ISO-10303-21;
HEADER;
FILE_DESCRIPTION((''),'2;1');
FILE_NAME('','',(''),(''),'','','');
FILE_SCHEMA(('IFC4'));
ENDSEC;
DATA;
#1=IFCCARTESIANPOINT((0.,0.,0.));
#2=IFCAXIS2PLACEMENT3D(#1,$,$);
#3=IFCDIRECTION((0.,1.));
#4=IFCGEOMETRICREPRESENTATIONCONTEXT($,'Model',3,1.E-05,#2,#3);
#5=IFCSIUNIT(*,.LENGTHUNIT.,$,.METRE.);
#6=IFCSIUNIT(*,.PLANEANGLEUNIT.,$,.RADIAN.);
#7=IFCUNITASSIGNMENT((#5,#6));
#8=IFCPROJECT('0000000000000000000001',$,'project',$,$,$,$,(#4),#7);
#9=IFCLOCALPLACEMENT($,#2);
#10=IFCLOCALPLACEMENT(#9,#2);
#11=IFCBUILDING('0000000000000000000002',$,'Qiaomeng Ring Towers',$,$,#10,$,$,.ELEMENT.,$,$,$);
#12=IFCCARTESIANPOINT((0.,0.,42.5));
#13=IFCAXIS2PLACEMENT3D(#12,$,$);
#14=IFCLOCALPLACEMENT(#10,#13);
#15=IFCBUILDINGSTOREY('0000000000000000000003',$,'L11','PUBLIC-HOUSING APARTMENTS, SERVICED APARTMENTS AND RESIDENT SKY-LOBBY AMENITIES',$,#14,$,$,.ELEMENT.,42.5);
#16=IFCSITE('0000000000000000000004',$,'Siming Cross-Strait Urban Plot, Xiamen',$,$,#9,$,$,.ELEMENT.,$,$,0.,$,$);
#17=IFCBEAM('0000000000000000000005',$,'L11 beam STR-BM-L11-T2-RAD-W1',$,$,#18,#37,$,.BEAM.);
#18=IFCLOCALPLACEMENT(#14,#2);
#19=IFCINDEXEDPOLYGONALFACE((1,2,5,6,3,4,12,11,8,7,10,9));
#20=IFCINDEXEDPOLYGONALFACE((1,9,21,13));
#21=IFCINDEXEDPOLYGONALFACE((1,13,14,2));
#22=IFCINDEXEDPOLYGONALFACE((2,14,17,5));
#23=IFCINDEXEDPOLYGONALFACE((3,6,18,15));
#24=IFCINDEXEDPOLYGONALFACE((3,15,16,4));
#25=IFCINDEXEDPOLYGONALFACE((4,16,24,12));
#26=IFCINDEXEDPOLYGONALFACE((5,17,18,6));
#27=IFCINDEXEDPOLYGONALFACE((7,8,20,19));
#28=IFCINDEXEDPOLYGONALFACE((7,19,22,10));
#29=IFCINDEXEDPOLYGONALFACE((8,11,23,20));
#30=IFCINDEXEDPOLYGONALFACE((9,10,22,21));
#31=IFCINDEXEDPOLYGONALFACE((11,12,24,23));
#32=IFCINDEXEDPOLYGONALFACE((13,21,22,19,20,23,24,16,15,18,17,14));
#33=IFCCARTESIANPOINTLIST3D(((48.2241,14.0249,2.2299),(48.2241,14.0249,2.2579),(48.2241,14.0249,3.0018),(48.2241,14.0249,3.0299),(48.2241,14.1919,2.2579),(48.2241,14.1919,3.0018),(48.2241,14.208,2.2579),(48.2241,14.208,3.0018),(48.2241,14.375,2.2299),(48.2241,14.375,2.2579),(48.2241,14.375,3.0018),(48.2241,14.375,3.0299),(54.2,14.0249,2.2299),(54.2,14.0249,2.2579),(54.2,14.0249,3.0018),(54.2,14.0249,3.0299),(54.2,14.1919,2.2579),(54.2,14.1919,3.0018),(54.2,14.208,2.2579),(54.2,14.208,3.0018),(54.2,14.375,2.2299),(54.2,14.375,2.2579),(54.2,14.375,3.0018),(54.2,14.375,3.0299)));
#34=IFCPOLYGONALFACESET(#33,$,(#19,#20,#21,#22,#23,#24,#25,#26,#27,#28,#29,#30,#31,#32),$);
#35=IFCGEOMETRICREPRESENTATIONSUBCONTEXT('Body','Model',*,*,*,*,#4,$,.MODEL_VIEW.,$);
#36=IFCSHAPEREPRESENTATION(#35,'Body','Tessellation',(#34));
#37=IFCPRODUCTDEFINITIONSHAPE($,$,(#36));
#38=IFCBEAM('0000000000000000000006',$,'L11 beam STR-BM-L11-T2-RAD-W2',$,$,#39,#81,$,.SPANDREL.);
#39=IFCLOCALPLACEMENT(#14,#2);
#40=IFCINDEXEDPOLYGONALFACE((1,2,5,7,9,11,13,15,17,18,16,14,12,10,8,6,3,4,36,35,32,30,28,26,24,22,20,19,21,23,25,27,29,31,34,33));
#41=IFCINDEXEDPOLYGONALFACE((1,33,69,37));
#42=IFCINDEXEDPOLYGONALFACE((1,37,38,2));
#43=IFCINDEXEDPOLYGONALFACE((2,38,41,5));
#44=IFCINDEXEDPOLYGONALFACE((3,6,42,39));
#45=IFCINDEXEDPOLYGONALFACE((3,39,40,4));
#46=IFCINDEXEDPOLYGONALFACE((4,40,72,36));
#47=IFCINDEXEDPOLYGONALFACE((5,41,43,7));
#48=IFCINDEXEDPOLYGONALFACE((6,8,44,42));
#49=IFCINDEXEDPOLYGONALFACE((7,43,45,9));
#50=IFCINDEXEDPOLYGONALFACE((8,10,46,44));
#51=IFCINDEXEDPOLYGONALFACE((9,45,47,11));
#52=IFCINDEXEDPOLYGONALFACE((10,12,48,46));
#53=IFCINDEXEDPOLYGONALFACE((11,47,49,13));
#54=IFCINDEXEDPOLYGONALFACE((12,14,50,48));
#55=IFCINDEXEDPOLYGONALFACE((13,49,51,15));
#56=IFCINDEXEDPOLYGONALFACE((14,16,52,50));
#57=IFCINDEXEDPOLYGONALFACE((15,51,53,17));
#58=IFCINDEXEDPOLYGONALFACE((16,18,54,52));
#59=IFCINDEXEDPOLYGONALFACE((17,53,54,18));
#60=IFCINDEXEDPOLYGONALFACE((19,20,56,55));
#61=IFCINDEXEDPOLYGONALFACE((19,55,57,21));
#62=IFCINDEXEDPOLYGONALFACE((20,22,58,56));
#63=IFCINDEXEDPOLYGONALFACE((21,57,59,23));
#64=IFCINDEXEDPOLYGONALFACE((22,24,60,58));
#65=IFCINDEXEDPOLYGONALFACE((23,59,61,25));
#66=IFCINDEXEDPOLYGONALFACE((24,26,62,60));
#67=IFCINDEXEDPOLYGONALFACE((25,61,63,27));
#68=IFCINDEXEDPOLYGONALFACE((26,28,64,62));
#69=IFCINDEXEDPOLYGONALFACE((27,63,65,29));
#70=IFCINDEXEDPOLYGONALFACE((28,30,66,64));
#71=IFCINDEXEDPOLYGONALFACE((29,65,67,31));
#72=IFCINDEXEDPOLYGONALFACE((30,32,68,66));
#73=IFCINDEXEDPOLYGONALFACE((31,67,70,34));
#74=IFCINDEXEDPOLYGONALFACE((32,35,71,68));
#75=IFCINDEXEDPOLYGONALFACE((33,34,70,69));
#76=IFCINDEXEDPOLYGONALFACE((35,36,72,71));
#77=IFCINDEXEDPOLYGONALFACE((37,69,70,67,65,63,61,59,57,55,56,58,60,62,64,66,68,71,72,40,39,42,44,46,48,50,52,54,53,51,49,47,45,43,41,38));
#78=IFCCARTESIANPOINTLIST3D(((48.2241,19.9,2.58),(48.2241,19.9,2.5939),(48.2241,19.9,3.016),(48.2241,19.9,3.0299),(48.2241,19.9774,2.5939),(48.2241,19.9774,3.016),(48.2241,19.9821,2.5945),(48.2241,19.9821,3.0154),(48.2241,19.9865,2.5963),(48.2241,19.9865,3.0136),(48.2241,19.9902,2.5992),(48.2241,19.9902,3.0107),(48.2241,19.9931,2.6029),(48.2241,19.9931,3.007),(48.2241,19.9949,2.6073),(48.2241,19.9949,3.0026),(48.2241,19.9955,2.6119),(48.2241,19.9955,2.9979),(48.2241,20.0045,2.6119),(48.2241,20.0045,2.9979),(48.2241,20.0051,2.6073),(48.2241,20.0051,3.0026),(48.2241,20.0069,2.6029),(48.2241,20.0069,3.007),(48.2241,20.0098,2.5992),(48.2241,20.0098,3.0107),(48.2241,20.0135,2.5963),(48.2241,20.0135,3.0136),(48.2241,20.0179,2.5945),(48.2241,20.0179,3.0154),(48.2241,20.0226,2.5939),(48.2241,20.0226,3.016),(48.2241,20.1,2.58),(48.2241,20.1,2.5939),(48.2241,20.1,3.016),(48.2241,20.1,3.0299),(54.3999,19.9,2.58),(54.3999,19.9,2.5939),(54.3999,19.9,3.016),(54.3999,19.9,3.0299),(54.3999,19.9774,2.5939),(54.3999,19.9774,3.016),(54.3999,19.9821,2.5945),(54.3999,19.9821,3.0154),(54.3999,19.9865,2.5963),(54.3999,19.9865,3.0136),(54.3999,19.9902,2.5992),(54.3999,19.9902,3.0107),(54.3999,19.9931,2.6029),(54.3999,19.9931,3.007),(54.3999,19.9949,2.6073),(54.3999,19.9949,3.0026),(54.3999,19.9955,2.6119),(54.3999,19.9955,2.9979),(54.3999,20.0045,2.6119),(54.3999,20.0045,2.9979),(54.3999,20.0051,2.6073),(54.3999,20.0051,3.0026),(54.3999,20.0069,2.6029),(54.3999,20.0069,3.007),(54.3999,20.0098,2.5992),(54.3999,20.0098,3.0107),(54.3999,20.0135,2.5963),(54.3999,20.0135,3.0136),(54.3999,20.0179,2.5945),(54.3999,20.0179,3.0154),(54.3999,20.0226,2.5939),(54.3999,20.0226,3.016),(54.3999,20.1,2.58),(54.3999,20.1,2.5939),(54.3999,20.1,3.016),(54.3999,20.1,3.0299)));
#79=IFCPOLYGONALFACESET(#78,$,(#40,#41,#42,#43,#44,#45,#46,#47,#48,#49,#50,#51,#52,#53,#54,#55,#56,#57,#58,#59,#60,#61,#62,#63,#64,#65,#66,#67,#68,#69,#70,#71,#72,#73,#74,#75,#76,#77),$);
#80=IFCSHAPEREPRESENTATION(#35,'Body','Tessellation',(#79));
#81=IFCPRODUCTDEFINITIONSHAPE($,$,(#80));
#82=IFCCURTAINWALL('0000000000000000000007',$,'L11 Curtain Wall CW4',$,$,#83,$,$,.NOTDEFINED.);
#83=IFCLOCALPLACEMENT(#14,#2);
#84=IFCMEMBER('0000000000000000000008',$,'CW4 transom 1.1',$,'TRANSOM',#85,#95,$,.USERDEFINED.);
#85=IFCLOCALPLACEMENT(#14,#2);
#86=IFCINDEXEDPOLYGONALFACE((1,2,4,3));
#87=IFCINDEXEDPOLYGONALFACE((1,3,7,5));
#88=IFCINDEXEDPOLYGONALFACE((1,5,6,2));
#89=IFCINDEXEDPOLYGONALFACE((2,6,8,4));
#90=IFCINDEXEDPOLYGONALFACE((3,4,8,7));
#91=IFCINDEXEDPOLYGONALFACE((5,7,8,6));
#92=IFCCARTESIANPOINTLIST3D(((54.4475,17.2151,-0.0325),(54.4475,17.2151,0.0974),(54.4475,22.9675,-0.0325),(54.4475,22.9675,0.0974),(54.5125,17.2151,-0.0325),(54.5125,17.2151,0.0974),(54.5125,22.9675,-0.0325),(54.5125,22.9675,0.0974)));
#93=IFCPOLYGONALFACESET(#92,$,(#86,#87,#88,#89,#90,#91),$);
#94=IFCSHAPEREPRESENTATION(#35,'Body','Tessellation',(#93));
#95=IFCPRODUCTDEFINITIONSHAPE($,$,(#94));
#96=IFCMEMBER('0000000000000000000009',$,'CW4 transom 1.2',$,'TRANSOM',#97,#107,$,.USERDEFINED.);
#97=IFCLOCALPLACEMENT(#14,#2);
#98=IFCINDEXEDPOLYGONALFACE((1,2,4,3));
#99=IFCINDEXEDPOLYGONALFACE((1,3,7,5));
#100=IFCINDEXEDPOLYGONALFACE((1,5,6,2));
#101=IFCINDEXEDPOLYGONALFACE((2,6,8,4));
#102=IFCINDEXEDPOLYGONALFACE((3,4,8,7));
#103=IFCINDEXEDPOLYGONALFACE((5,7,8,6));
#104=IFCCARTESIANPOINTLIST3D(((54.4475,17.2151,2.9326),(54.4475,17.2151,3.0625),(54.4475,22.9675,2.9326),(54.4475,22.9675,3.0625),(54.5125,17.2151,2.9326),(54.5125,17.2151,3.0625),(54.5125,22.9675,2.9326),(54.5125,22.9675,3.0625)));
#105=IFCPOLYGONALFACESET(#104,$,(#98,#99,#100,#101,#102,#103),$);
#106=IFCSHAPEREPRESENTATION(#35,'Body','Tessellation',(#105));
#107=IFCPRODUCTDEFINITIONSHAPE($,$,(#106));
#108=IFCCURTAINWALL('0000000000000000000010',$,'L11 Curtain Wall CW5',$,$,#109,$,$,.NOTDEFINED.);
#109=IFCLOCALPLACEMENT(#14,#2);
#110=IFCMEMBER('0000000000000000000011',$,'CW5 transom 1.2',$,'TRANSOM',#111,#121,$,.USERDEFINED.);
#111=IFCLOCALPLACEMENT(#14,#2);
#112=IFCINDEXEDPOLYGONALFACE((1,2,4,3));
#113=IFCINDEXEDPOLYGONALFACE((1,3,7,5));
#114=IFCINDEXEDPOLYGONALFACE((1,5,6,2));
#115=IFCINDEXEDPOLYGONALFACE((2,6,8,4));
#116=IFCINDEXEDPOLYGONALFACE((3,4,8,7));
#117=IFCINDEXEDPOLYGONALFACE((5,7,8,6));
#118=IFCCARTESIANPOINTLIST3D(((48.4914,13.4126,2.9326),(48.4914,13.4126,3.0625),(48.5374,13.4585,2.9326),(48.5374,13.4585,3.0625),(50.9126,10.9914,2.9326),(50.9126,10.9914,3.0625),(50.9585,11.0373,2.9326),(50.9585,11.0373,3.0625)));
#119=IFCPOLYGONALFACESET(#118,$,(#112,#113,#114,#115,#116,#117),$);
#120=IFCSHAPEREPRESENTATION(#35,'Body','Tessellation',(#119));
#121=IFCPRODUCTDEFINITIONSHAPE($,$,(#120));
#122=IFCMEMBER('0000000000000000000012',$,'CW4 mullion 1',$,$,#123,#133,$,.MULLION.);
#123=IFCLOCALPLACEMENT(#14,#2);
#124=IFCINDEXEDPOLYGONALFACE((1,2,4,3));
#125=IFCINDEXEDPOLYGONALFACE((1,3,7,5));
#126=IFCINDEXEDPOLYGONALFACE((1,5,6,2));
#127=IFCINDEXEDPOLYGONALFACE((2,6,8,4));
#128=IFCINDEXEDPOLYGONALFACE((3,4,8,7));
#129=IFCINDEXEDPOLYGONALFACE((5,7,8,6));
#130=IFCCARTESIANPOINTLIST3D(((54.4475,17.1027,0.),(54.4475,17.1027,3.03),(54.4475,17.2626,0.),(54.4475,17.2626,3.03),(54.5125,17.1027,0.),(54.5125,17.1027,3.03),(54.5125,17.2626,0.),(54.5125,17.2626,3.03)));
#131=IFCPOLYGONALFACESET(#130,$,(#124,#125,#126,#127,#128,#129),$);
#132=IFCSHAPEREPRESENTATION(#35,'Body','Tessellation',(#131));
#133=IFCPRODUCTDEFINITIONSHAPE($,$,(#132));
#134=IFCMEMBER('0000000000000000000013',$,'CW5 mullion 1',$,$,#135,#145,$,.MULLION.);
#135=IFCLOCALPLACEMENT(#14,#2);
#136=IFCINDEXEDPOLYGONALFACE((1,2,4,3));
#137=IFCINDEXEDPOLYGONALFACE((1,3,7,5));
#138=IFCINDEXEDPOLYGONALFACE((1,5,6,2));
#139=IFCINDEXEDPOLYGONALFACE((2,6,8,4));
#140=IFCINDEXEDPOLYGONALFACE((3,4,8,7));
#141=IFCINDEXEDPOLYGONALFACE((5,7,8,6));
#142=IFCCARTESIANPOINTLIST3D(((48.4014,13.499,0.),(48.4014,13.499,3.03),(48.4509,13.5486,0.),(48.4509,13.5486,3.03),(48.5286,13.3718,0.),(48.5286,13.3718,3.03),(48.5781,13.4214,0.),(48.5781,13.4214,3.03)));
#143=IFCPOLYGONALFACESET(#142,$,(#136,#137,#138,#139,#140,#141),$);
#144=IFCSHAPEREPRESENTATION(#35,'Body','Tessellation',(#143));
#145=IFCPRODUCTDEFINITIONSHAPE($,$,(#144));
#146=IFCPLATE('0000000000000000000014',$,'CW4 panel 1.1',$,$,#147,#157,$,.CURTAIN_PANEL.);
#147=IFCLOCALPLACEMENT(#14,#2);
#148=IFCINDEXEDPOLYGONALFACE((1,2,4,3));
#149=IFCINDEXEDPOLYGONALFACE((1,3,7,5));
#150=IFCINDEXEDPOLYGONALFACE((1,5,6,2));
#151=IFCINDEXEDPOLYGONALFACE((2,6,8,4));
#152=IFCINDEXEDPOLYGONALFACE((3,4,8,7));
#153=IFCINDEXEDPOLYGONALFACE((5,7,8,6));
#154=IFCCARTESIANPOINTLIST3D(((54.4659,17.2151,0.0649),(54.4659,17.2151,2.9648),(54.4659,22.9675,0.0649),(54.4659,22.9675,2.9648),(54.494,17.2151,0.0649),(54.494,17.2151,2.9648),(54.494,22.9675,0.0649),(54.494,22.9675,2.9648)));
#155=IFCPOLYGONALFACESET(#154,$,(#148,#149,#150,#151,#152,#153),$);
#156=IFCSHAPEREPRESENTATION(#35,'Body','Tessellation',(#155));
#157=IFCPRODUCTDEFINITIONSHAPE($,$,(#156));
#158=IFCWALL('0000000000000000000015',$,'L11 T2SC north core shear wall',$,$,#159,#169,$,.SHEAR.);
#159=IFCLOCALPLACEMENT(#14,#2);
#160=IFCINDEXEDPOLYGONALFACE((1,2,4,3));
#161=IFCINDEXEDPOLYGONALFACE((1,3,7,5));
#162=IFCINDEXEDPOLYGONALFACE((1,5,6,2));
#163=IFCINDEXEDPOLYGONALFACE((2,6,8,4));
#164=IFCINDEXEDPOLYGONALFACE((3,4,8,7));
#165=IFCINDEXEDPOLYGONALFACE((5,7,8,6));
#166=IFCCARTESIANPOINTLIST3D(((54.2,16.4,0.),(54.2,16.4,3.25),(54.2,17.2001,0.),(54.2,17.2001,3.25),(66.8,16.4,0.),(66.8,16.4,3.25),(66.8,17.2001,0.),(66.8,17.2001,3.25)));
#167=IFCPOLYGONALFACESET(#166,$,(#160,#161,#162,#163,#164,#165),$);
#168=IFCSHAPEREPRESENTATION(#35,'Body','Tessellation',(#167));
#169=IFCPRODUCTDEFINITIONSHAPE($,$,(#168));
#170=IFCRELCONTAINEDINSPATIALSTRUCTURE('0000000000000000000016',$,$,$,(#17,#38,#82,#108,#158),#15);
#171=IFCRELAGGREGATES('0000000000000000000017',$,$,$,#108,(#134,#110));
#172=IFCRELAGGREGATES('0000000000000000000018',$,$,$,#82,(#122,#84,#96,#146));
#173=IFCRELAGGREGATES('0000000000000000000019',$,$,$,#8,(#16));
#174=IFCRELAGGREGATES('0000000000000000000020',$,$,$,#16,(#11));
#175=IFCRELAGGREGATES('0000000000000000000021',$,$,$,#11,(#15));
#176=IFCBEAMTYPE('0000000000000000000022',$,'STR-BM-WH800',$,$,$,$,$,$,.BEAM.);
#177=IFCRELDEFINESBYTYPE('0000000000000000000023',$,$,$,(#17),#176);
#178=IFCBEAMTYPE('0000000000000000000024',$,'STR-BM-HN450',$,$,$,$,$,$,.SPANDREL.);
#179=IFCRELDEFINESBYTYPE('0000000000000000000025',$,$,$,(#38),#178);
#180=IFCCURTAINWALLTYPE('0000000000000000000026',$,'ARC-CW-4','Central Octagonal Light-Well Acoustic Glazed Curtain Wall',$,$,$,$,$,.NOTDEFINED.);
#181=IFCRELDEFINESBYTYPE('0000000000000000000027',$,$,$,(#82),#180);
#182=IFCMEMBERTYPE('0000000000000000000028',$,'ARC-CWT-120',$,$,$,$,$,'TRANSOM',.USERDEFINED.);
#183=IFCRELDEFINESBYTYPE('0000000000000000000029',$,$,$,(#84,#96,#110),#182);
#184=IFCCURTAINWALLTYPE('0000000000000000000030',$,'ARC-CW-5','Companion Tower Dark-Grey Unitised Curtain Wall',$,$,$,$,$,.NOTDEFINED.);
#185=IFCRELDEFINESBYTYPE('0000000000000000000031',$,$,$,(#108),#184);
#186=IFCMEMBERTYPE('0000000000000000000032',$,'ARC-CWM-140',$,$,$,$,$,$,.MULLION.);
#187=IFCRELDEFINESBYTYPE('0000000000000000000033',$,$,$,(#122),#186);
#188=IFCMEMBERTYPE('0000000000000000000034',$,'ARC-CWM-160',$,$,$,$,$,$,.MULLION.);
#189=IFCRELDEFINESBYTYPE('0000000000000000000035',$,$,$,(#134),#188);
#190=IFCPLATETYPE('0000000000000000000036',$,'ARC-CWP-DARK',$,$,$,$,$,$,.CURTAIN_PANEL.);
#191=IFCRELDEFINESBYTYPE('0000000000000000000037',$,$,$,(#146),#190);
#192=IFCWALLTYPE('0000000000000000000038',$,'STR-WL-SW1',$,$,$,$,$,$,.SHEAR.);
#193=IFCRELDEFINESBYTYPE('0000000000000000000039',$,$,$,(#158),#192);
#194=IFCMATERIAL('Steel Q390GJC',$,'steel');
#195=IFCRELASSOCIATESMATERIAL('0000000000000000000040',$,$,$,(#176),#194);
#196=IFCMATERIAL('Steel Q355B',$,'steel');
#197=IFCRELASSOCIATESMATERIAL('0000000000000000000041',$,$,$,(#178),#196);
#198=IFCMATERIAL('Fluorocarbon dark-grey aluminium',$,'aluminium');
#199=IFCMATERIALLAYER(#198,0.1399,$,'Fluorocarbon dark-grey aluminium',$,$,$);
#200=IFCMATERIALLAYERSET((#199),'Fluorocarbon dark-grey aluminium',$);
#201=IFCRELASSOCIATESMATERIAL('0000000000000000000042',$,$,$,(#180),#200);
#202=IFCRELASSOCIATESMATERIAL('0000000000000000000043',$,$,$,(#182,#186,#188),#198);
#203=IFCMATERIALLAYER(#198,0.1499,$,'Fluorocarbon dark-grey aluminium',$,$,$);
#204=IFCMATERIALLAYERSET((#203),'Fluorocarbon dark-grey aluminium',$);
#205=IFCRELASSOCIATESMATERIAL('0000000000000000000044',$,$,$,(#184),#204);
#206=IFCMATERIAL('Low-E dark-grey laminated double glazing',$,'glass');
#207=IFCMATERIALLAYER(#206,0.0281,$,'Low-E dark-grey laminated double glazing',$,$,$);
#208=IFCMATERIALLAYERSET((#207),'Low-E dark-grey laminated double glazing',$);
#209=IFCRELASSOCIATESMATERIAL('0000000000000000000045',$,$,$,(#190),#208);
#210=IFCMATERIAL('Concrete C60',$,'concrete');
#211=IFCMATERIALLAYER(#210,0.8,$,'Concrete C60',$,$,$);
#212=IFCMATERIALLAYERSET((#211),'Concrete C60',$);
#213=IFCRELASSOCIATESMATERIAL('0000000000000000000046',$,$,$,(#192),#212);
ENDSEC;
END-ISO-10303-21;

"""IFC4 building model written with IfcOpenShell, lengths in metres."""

from ifc_helpers import new_model, si_unit, direction, frame, frame_2d, origin, origin_2d, place, context, subcontext, project, spatial, rectangle, i_section, extrude, source, transform, mapped, material, layer, layer_set, material_profile, profile_set, type_object, element, aggregate, save


model = new_model("IFC4")

# Units and contexts
model_context = context("Model", 3, precision=1e-05, world=origin(), true_north=direction((0.0, 1.0)))
body_context = subcontext(model_context, "Body", "Model", "MODEL_VIEW")
ifc_project = project(units=[si_unit("LENGTHUNIT", "METRE"), si_unit("PLANEANGLEUNIT", "RADIAN")], contexts=[model_context])

# Site, building, storey
site_placement = place(None, origin())
site = spatial("IfcSite", under=ifc_project, at=site_placement, Name="Siming Cross-Strait Urban Plot, Xiamen", CompositionType="ELEMENT", RefElevation=0.0)
building_placement = place(site_placement, origin())
building = spatial("IfcBuilding", under=site, at=building_placement, Name="Qiaomeng Ring Towers", CompositionType="ELEMENT")
storey_placement = place(building_placement, frame((0.0, 0.0, 42.5)))
storey = spatial("IfcBuildingStorey", under=building, at=storey_placement, Name="L11", Description="PUBLIC-HOUSING APARTMENTS, SERVICED APARTMENTS AND RESIDENT SKY-LOBBY AMENITIES", CompositionType="ELEMENT", Elevation=42.5)

# Shared definitions
ifc_material_1 = material(Name="Concrete C60", Category="concrete")

# Beams
ifc_material_2 = material(Name="Steel Q355B", Category="steel")
ifc_material_3 = material(Name="Steel Q390GJC", Category="steel")
ifc_material_profile_1 = material_profile(ifc_material_3, i_section(OverallWidth=0.3501, OverallDepth=0.8, WebThickness=0.0161, FlangeThickness=0.0281, at=origin_2d()), Name="WH 800x350x16x28")
ifc_profile_set_1 = profile_set([ifc_material_profile_1], Name="Steel Q390GJC")
beam_type_1 = type_object("IfcBeamType", Name="STR-BM-WH800", PredefinedType="BEAM", material=ifc_profile_set_1)
shared_shape_1 = source(origin(), body_context, "Body", "SweptSolid", [
    extrude(i_section(OverallWidth=0.3501, OverallDepth=0.8, WebThickness=0.0161, FlangeThickness=0.0281, at=origin_2d()), origin(), (0.0, 0.0, 1.0), 5.9758),
])
beam_1_placement = place(storey_placement, frame((48.2241, 14.2, 2.6299), z_axis=(1.0, 0.0, 0.0), x_axis=(0.0, 1.0, 0.0)))
element("IfcBeam", 1, at=beam_1_placement, inside=storey, type_object=beam_type_1, Name="L11 beam STR-BM-L11-T2-RAD-W1", PredefinedType="BEAM", context=body_context, shape_type="MappedRepresentation", body=[
    mapped(shared_shape_1, transform((0.0, 0.0, 0.0), x_axis=(1.0, 0.0, 0.0), y_axis=(0.0, 1.0, 0.0), z_axis=(0.0, 0.0, 1.0), scale=1.0)),
])
ifc_material_profile_2 = material_profile(ifc_material_2, i_section(OverallWidth=0.2, OverallDepth=0.45, WebThickness=0.009, FlangeThickness=0.0139, FilletRadius=0.0181, at=origin_2d()), Name="HN 450x200x9x14")
ifc_profile_set_2 = profile_set([ifc_material_profile_2], Name="Steel Q355B")
beam_type_2 = type_object("IfcBeamType", Name="STR-BM-HN450", PredefinedType="SPANDREL", material=ifc_profile_set_2)
shared_shape_2 = source(origin(), body_context, "Body", "SweptSolid", [
    extrude(i_section(OverallWidth=0.2, OverallDepth=0.45, WebThickness=0.009, FlangeThickness=0.0139, FilletRadius=0.0181, at=origin_2d()), origin(), (0.0, 0.0, 1.0), 6.1758),
])
beam_2_placement = place(storey_placement, frame((48.2241, 20.0, 2.8049), z_axis=(1.0, 0.0, 0.0), x_axis=(0.0, 1.0, 0.0)))
element("IfcBeam", 2, at=beam_2_placement, inside=storey, type_object=beam_type_2, Name="L11 beam STR-BM-L11-T2-RAD-W2", PredefinedType="SPANDREL", context=body_context, shape_type="MappedRepresentation", body=[
    mapped(shared_shape_2, transform((0.0, 0.0, 0.0), x_axis=(1.0, 0.0, 0.0), y_axis=(0.0, 1.0, 0.0), z_axis=(0.0, 0.0, 1.0), scale=1.0)),
])

# Curtain wall, members
ifc_material_4 = material(Name="Fluorocarbon dark-grey aluminium", Category="aluminium")
ifc_layer_1 = layer(ifc_material_4, 0.1399, Name="Fluorocarbon dark-grey aluminium")
ifc_layer_set_1 = layer_set([ifc_layer_1], Name="Fluorocarbon dark-grey aluminium")
curtain_wall_type_1 = type_object("IfcCurtainWallType", Name="ARC-CW-4", Description="Central Octagonal Light-Well Acoustic Glazed Curtain Wall", PredefinedType="NOTDEFINED", material=ifc_layer_set_1)
curtain_wall_1_placement = place(storey_placement, origin())
curtain_wall_1 = element("IfcCurtainWall", 3, at=curtain_wall_1_placement, inside=storey, type_object=curtain_wall_type_1, Name="L11 Curtain Wall CW4", PredefinedType="NOTDEFINED")
ifc_material_profile_3 = material_profile(ifc_material_4, rectangle(XDim=0.0649, YDim=0.1299, at=origin_2d()), Name="ALU TRAN 65x130")
ifc_profile_set_3 = profile_set([ifc_material_profile_3], Name="Fluorocarbon dark-grey aluminium")
member_type_1 = type_object("IfcMemberType", Name="ARC-CWT-120", ElementType="TRANSOM", PredefinedType="USERDEFINED", material=ifc_profile_set_3)
shared_shape_3 = source(origin(), body_context, "Body", "SweptSolid", [
    extrude(rectangle(XDim=0.0649, YDim=0.1299, at=origin_2d()), origin(), (0.0, 0.0, 1.0), 5.7524),
])
member_1_placement = place(storey_placement, frame((54.48, 17.2151, 0.0325), z_axis=(0.0, 1.0, 0.0), x_axis=(-1.0, 0.0, 0.0)))
member_1 = element("IfcMember", 4, at=member_1_placement, type_object=member_type_1, Name="CW4 transom 1.1", ObjectType="TRANSOM", PredefinedType="USERDEFINED", context=body_context, shape_type="MappedRepresentation", body=[
    mapped(shared_shape_3, transform((0.0, 0.0, 0.0), x_axis=(1.0, 0.0, 0.0), y_axis=(0.0, 1.0, 0.0), z_axis=(0.0, 0.0, 1.0), scale=1.0)),
])
member_2_placement = place(storey_placement, frame((54.48, 17.2151, 2.9976), z_axis=(0.0, 1.0, 0.0), x_axis=(-1.0, 0.0, 0.0)))
member_2 = element("IfcMember", 5, at=member_2_placement, type_object=member_type_1, Name="CW4 transom 1.2", ObjectType="TRANSOM", PredefinedType="USERDEFINED", context=body_context, shape_type="MappedRepresentation", body=[
    mapped(shared_shape_3, transform((0.0, 0.0, 0.0), x_axis=(1.0, 0.0, 0.0), y_axis=(0.0, 1.0, 0.0), z_axis=(0.0, 0.0, 1.0), scale=1.0)),
])

# Curtain wall, member
ifc_layer_2 = layer(ifc_material_4, 0.1499, Name="Fluorocarbon dark-grey aluminium")
ifc_layer_set_2 = layer_set([ifc_layer_2], Name="Fluorocarbon dark-grey aluminium")
curtain_wall_type_2 = type_object("IfcCurtainWallType", Name="ARC-CW-5", Description="Companion Tower Dark-Grey Unitised Curtain Wall", PredefinedType="NOTDEFINED", material=ifc_layer_set_2)
curtain_wall_2_placement = place(storey_placement, origin())
curtain_wall_2 = element("IfcCurtainWall", 6, at=curtain_wall_2_placement, inside=storey, type_object=curtain_wall_type_2, Name="L11 Curtain Wall CW5", PredefinedType="NOTDEFINED")
shared_shape_4 = source(origin(), body_context, "Body", "SweptSolid", [
    extrude(rectangle(XDim=0.0649, YDim=0.1299, at=origin_2d()), origin(), (0.0, 0.0, 1.0), 3.4241),
])
member_3_placement = place(storey_placement, frame((48.5144, 13.4355, 2.9976), z_axis=(0.707107, -0.707107, 0.0), x_axis=(0.707107, 0.707107, 0.0)))
member_3 = element("IfcMember", 7, at=member_3_placement, type_object=member_type_1, Name="CW5 transom 1.2", ObjectType="TRANSOM", PredefinedType="USERDEFINED", context=body_context, shape_type="MappedRepresentation", body=[
    mapped(shared_shape_4, transform((0.0, 0.0, 0.0), x_axis=(1.0, 0.0, 0.0), y_axis=(0.0, 1.0, 0.0), z_axis=(0.0, 0.0, 1.0), scale=1.0)),
])

# Members
ifc_material_profile_4 = material_profile(ifc_material_4, rectangle(XDim=0.0649, YDim=0.1599, at=origin_2d()), Name="ALU MULL 65x160")
ifc_profile_set_4 = profile_set([ifc_material_profile_4], Name="Fluorocarbon dark-grey aluminium")
member_type_2 = type_object("IfcMemberType", Name="ARC-CWM-140", PredefinedType="MULLION", material=ifc_profile_set_4)
shared_shape_5 = source(origin(), body_context, "Body", "SweptSolid", [
    extrude(rectangle(XDim=0.0649, YDim=0.1599, at=origin_2d()), origin(), (0.0, 0.0, 1.0), 3.03),
])
member_4_placement = place(storey_placement, frame((54.48, 17.1826, 0.0), z_axis=(0.0, 0.0, 1.0), x_axis=(-1.0, 0.0, 0.0)))
member_4 = element("IfcMember", 8, at=member_4_placement, type_object=member_type_2, Name="CW4 mullion 1", PredefinedType="MULLION", context=body_context, shape_type="MappedRepresentation", body=[
    mapped(shared_shape_5, transform((0.0, 0.0, 0.0), x_axis=(1.0, 0.0, 0.0), y_axis=(0.0, 1.0, 0.0), z_axis=(0.0, 0.0, 1.0), scale=1.0)),
])
ifc_material_profile_5 = material_profile(ifc_material_4, rectangle(XDim=0.0701, YDim=0.1799, at=origin_2d()), Name="ALU MULL 70x180")
ifc_profile_set_5 = profile_set([ifc_material_profile_5], Name="Fluorocarbon dark-grey aluminium")
member_type_3 = type_object("IfcMemberType", Name="ARC-CWM-160", PredefinedType="MULLION", material=ifc_profile_set_5)
shared_shape_6 = source(origin(), body_context, "Body", "SweptSolid", [
    extrude(rectangle(XDim=0.0701, YDim=0.1799, at=origin_2d()), origin(), (0.0, 0.0, 1.0), 3.03),
])
member_5_placement = place(storey_placement, frame((48.4897, 13.4602, 0.0), z_axis=(0.0, 0.0, 1.0), x_axis=(0.707107, 0.707107, 0.0)))
member_5 = element("IfcMember", 9, at=member_5_placement, type_object=member_type_3, Name="CW5 mullion 1", PredefinedType="MULLION", context=body_context, shape_type="MappedRepresentation", body=[
    mapped(shared_shape_6, transform((0.0, 0.0, 0.0), x_axis=(1.0, 0.0, 0.0), y_axis=(0.0, 1.0, 0.0), z_axis=(0.0, 0.0, 1.0), scale=1.0)),
])
aggregate(curtain_wall_2, [member_5, member_3])

# Plate
ifc_material_5 = material(Name="Low-E dark-grey laminated double glazing", Category="glass")
ifc_layer_3 = layer(ifc_material_5, 0.0281, Name="Low-E dark-grey laminated double glazing")
ifc_layer_set_3 = layer_set([ifc_layer_3], Name="Low-E dark-grey laminated double glazing")
plate_type = type_object("IfcPlateType", Name="ARC-CWP-DARK", PredefinedType="CURTAIN_PANEL", material=ifc_layer_set_3)
shared_shape_7 = source(origin(), body_context, "Body", "SweptSolid", [
    extrude(rectangle(XDim=5.7524, YDim=0.0281, at=origin_2d()), origin(), (0.0, 0.0, 1.0), 2.8999),
])
plate_placement = place(storey_placement, frame((54.48, 20.0913, 0.0649), z_axis=(0.0, 0.0, 1.0), x_axis=(0.0, 1.0, 0.0)))
plate = element("IfcPlate", 10, at=plate_placement, type_object=plate_type, Name="CW4 panel 1.1", PredefinedType="CURTAIN_PANEL", context=body_context, shape_type="MappedRepresentation", body=[
    mapped(shared_shape_7, transform((0.0, 0.0, 0.0), x_axis=(1.0, 0.0, 0.0), y_axis=(0.0, 1.0, 0.0), z_axis=(0.0, 0.0, 1.0), scale=1.0)),
])
aggregate(curtain_wall_1, [member_4, member_1, member_2, plate])

# Wall
ifc_layer_4 = layer(ifc_material_1, 0.8, Name="Concrete C60")
ifc_layer_set_4 = layer_set([ifc_layer_4], Name="Concrete C60")
wall_type = type_object("IfcWallType", Name="STR-WL-SW1", PredefinedType="SHEAR", material=ifc_layer_set_4)
wall_placement = place(storey_placement, frame((54.2, 16.8, 0.0), z_axis=(0.0, 0.0, 1.0), x_axis=(1.0, 0.0, 0.0)))
element("IfcWall", 11, at=wall_placement, inside=storey, type_object=wall_type, Name="L11 T2SC north core shear wall", PredefinedType="SHEAR", context=body_context, shape_type="SweptSolid", body=[
    extrude(rectangle(XDim=12.6001, YDim=0.8, at=frame_2d((6.3, 0.0))), origin(), (0.0, 0.0, 1.0), 3.25),
])

save(model, "model.ifc")
